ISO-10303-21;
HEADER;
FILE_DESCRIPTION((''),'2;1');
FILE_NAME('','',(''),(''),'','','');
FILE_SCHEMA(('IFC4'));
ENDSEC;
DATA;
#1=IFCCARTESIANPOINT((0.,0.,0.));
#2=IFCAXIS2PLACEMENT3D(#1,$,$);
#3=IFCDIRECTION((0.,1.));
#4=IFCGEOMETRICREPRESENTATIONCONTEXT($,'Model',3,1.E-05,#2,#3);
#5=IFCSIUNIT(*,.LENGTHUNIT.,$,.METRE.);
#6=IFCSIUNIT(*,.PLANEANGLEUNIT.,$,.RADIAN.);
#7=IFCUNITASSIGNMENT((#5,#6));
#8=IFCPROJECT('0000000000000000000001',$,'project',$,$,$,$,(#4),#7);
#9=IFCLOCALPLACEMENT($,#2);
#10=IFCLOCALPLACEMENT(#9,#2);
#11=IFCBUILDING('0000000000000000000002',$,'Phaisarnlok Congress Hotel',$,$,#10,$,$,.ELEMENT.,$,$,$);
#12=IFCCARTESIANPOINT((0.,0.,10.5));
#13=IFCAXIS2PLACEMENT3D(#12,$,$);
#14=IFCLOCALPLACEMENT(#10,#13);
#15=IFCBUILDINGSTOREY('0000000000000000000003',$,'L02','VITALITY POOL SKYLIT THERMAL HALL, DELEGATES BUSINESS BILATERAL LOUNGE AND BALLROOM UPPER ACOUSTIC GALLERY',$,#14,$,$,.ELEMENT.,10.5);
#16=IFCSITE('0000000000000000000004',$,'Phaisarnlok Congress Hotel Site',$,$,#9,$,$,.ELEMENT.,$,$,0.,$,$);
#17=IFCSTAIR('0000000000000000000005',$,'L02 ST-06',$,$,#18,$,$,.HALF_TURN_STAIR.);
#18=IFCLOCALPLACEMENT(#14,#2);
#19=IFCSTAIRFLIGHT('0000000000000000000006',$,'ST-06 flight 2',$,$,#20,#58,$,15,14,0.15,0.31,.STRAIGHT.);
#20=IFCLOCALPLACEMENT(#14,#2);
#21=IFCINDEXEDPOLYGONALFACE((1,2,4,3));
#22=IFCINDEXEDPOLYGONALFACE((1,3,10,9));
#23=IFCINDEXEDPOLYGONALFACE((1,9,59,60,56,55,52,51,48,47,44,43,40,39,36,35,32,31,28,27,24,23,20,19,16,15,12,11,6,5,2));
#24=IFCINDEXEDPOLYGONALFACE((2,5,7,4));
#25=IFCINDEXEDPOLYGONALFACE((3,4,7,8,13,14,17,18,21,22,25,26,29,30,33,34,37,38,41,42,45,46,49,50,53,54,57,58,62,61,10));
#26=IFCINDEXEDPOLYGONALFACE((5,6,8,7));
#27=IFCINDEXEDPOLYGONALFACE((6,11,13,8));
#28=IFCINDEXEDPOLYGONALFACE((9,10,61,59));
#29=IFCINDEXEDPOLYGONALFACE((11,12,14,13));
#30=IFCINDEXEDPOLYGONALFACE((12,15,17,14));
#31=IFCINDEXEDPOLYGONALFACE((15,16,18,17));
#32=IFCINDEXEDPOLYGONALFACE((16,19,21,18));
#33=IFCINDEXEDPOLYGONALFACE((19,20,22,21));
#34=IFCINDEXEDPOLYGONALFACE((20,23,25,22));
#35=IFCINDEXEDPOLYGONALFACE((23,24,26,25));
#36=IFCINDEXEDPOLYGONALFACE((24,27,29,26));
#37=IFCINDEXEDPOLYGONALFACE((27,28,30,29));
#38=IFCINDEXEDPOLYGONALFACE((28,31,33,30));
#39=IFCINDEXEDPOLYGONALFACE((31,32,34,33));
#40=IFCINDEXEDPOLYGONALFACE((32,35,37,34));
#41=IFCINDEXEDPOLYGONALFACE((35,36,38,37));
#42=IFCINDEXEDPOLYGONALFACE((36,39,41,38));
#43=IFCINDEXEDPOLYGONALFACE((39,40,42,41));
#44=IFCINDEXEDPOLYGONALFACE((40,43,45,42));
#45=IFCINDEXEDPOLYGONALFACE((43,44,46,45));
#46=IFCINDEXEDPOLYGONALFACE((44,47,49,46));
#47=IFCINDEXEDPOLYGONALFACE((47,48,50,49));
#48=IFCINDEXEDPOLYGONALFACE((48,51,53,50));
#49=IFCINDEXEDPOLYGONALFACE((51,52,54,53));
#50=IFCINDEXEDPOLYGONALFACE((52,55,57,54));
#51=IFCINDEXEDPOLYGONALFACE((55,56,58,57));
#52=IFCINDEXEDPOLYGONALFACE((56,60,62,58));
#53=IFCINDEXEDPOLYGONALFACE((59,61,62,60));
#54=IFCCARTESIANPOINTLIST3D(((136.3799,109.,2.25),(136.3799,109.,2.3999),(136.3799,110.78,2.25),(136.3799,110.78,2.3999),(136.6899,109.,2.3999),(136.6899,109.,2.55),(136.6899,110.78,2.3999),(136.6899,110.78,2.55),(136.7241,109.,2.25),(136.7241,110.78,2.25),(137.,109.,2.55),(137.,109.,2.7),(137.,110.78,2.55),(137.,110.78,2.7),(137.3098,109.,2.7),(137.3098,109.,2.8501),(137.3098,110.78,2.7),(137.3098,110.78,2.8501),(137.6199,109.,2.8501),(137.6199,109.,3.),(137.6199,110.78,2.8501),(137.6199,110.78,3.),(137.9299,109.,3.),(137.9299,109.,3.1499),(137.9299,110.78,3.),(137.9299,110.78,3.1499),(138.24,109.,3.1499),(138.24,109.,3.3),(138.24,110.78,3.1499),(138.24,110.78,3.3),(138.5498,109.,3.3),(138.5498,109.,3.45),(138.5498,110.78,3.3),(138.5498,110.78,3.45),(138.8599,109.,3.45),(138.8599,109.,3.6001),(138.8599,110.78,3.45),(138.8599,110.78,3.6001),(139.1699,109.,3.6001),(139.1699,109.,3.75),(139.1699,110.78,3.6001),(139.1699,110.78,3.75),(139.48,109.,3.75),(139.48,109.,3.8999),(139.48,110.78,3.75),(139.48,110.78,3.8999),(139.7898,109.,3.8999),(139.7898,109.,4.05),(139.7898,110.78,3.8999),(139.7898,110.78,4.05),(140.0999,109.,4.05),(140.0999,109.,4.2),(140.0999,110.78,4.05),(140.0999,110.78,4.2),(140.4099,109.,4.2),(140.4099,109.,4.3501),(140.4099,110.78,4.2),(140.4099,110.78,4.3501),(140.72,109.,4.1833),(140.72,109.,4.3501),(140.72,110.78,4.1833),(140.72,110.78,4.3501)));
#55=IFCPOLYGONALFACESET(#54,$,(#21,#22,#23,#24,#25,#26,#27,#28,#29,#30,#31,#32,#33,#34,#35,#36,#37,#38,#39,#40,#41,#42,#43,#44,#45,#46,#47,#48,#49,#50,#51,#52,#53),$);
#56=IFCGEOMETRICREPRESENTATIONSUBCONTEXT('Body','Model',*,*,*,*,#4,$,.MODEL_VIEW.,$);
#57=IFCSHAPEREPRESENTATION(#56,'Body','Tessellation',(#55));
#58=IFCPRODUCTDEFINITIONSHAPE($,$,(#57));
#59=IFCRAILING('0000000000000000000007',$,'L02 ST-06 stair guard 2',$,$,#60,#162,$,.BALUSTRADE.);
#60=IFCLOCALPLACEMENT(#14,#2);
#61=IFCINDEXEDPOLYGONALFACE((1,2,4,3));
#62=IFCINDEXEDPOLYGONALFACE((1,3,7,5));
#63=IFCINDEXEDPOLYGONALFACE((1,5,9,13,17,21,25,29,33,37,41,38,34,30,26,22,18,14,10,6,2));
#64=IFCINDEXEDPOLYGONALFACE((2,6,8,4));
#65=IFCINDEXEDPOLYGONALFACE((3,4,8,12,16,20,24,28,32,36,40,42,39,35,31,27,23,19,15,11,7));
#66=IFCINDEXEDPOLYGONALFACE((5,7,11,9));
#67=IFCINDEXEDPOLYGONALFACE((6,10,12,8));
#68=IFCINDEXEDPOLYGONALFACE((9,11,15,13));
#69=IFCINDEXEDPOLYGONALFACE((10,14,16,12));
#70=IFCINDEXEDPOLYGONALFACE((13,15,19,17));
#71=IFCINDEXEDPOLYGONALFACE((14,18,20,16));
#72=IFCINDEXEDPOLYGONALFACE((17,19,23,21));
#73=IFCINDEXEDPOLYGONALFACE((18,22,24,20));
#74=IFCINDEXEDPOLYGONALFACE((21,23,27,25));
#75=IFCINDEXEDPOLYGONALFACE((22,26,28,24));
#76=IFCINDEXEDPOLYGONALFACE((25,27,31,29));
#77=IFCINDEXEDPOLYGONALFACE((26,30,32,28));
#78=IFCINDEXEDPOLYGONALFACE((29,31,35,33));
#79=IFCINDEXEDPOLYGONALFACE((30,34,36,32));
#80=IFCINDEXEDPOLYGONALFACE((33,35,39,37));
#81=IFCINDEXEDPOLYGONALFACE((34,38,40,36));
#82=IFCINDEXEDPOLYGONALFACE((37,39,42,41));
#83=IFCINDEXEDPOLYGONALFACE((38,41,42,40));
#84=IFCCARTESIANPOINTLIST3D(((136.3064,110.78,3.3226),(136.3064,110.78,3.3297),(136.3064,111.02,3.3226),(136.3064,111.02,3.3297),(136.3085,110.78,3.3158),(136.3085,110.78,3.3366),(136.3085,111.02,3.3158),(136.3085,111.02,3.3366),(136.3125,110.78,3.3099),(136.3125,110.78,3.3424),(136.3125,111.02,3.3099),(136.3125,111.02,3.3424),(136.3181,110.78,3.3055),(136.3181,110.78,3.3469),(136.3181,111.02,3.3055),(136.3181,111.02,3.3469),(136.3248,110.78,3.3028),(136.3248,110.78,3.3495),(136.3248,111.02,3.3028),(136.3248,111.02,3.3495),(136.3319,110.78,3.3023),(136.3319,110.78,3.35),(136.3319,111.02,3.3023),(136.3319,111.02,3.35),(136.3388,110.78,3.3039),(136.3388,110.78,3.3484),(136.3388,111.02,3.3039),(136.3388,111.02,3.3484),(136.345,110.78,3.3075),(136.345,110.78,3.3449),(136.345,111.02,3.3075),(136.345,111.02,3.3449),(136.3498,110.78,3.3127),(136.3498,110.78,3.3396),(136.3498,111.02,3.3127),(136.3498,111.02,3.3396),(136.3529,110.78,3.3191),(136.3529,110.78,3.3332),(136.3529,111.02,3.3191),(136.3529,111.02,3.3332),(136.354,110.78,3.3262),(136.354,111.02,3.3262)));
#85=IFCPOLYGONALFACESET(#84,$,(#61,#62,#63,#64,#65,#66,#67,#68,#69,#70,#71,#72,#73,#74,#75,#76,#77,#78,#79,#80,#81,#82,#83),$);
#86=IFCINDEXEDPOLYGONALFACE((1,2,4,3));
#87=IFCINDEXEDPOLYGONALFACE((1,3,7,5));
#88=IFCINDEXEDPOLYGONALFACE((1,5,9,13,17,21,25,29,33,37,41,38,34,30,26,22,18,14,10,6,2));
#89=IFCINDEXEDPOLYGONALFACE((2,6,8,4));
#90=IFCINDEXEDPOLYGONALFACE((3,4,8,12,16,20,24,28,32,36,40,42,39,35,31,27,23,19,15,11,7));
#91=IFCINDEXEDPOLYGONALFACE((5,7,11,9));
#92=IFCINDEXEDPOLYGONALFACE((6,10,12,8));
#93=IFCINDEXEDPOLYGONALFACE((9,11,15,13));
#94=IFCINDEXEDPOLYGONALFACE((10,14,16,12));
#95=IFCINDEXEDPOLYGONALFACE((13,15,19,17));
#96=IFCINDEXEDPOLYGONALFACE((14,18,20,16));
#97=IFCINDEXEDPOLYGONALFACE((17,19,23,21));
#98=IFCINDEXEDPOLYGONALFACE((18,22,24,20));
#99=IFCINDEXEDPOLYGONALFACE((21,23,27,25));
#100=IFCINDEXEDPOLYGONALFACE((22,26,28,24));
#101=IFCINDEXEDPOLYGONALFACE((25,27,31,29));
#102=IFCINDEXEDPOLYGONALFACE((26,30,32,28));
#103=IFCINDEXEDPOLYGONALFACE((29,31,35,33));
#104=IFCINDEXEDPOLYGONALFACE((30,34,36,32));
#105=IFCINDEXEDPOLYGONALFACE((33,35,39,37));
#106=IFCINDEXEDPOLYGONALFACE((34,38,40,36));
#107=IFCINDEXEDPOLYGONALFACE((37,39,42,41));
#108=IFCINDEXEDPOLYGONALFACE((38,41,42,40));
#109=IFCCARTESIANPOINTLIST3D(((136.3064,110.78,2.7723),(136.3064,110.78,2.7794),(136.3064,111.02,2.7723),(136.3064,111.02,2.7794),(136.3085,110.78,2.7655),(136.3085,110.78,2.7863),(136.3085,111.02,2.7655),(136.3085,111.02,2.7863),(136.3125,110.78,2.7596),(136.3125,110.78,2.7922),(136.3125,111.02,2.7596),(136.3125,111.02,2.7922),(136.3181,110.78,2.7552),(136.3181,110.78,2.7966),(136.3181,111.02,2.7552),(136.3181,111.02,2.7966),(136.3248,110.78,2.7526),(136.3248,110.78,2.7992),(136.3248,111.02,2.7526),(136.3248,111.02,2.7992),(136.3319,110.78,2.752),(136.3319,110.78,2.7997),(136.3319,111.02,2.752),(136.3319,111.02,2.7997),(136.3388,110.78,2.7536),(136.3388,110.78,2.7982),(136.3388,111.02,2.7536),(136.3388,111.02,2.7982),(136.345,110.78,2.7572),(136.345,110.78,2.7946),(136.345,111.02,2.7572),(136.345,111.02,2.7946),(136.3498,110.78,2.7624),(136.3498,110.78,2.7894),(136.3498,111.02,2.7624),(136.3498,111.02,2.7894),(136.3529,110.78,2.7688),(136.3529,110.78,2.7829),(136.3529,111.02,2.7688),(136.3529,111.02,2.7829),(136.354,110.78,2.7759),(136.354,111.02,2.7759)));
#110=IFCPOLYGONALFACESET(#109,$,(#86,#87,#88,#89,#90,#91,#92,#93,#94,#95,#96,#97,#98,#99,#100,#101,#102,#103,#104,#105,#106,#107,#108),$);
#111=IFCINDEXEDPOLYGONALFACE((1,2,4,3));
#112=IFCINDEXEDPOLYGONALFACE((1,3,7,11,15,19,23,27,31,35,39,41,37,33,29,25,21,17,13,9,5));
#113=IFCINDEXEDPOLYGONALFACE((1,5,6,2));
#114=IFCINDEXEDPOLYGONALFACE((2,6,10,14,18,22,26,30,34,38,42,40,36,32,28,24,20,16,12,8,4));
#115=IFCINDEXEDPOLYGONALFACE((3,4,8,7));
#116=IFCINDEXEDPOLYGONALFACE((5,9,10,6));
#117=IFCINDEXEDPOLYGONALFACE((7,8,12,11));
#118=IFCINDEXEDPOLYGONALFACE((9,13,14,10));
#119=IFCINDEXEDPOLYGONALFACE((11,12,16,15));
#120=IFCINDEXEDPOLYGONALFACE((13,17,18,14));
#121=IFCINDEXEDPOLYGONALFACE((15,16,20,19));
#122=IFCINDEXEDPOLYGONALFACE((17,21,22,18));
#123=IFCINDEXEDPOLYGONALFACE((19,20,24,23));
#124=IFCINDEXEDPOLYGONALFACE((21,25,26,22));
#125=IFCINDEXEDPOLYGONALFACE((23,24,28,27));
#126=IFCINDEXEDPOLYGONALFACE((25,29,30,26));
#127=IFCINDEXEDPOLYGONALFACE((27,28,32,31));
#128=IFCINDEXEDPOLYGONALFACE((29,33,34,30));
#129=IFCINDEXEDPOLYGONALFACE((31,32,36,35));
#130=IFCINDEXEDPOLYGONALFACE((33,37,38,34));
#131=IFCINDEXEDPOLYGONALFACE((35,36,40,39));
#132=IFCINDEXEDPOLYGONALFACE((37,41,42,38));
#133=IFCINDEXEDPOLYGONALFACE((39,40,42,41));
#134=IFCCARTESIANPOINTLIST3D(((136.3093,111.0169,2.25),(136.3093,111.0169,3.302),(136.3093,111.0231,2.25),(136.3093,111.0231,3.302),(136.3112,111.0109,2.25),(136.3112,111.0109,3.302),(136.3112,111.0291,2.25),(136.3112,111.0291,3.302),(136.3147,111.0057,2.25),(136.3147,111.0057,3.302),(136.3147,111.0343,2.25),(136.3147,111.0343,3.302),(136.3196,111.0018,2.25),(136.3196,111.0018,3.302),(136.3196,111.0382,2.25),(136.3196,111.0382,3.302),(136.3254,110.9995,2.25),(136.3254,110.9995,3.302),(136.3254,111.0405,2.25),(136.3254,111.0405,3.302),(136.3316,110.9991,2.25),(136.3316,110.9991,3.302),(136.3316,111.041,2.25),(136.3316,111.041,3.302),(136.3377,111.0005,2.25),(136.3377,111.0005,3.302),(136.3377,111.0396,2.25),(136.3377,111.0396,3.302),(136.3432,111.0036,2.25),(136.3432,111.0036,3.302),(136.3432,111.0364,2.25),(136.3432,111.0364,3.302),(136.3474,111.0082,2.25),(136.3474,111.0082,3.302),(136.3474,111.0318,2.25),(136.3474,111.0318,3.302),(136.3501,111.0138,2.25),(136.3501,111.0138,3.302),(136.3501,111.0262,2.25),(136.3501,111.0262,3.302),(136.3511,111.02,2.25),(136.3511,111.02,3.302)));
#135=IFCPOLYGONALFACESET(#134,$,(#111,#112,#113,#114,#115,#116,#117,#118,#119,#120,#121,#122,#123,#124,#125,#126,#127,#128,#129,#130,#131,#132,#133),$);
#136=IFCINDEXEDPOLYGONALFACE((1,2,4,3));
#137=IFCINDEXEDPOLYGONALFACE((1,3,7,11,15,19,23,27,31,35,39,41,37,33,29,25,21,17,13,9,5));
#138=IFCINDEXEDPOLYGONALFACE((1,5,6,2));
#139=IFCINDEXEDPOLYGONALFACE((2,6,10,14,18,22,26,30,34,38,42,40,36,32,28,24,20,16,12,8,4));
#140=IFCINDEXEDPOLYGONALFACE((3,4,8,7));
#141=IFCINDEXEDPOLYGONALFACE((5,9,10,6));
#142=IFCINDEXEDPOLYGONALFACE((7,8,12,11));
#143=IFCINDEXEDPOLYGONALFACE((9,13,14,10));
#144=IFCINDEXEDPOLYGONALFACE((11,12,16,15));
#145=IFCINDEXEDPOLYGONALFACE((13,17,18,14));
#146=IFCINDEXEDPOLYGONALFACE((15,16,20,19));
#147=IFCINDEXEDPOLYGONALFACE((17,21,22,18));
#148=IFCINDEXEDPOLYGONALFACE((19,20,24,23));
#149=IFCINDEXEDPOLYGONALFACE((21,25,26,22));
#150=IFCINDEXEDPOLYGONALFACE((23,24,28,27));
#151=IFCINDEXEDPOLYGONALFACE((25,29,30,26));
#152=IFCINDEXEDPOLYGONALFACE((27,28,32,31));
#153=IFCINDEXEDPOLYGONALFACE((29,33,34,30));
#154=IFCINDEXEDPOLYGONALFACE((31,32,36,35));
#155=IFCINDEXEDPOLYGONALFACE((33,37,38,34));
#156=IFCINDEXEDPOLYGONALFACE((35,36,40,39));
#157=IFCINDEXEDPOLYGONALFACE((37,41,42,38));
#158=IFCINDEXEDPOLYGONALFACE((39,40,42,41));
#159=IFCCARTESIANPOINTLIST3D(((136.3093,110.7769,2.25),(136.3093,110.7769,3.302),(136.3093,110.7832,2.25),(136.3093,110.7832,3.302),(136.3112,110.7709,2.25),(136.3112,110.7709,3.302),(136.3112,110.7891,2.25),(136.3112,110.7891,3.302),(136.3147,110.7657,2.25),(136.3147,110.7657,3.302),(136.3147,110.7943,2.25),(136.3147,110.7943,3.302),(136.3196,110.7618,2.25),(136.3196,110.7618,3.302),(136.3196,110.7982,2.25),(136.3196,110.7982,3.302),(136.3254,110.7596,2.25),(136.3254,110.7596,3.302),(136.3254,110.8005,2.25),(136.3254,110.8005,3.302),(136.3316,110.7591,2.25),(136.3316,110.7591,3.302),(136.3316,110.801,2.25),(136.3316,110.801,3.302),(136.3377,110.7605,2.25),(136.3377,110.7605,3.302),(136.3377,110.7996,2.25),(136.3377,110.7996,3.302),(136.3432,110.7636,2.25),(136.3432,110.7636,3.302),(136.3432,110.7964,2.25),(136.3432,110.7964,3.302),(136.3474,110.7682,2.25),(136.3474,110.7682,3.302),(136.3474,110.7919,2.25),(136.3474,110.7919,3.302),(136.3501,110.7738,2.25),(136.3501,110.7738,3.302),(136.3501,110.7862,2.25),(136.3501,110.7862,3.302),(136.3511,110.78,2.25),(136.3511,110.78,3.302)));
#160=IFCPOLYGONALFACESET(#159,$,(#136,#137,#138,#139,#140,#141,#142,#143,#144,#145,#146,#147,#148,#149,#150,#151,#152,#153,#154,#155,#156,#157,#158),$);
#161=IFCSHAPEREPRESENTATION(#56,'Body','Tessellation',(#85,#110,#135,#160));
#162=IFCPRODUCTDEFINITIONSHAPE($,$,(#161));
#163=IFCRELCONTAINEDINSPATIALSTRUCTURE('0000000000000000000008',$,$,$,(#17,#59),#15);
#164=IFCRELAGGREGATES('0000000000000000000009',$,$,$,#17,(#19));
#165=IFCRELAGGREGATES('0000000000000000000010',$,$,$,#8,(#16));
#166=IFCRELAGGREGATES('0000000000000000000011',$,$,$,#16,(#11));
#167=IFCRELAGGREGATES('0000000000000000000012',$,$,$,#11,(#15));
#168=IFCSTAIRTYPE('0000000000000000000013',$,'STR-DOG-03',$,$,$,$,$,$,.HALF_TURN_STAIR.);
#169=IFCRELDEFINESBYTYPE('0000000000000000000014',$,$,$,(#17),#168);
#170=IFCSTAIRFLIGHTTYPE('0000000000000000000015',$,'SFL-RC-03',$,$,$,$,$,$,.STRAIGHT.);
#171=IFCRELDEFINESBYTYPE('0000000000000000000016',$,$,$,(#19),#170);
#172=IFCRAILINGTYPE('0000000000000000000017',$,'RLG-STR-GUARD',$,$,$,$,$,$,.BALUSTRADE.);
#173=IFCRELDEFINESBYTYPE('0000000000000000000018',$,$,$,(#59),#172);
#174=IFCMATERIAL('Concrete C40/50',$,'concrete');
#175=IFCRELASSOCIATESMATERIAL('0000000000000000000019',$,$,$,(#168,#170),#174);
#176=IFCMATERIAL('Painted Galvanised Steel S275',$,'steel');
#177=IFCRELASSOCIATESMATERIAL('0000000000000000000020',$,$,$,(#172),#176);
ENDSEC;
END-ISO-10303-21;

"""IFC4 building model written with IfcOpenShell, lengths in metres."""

from ifc_helpers import new_model, si_unit, direction, frame, origin, origin_2d, place, context, subcontext, project, spatial, polyline, circle, outline, extrude, material, type_object, element, aggregate, save


model = new_model("IFC4")

# Units and contexts
model_context = context("Model", 3, precision=1e-05, world=origin(), true_north=direction((0.0, 1.0)))
body_context = subcontext(model_context, "Body", "Model", "MODEL_VIEW")
ifc_project = project(units=[si_unit("LENGTHUNIT", "METRE"), si_unit("PLANEANGLEUNIT", "RADIAN")], contexts=[model_context])

# Site, building, storey
site_placement = place(None, origin())
site = spatial("IfcSite", under=ifc_project, at=site_placement, Name="Phaisarnlok Congress Hotel Site", CompositionType="ELEMENT", RefElevation=0.0)
building_placement = place(site_placement, origin())
building = spatial("IfcBuilding", under=site, at=building_placement, Name="Phaisarnlok Congress Hotel", CompositionType="ELEMENT")
storey_placement = place(building_placement, frame((0.0, 0.0, 10.5)))
storey = spatial("IfcBuildingStorey", under=building, at=storey_placement, Name="L02", Description="VITALITY POOL SKYLIT THERMAL HALL, DELEGATES BUSINESS BILATERAL LOUNGE AND BALLROOM UPPER ACOUSTIC GALLERY", CompositionType="ELEMENT", Elevation=10.5)

# Shared definitions
ifc_material_1 = material(Name="Concrete C40/50", Category="concrete")

# Stair, stair flight
stair_type = type_object("IfcStairType", Name="STR-DOG-03", PredefinedType="HALF_TURN_STAIR", material=ifc_material_1)
stair_placement = place(storey_placement, origin())
stair = element("IfcStair", 1, at=stair_placement, inside=storey, type_object=stair_type, Name="L02 ST-06", PredefinedType="HALF_TURN_STAIR")
stair_flight_type = type_object("IfcStairFlightType", Name="SFL-RC-03", PredefinedType="STRAIGHT", material=ifc_material_1)
stair_flight_placement = place(storey_placement, frame((136.3799, 109.8899, 2.25), z_axis=(0.0, 0.0, 1.0), x_axis=(1.0, 0.0, 0.0)))
stair_flight = element("IfcStairFlight", 2, at=stair_flight_placement, type_object=stair_flight_type, Name="ST-06 flight 2", NumberOfRisers=15, NumberOfTreads=14, PredefinedType="STRAIGHT", RiserHeight=0.15, TreadLength=0.31, context=body_context, shape_type="SweptSolid", body=[
    extrude(outline(polyline([(0.0, 0.0), (0.0, 0.1499), (0.3101, 0.1499), (0.3101, 0.3), (0.6201, 0.3), (0.6201, 0.45), (0.9299, 0.45), (0.9299, 0.6001), (1.24, 0.6001), (1.24, 0.75), (1.55, 0.75), (1.55, 0.8999), (1.8601, 0.8999), (1.8601, 1.05), (2.1699, 1.05), (2.1699, 1.2), (2.48, 1.2), (2.48, 1.3501), (2.79, 1.3501), (2.79, 1.5), (3.1001, 1.5), (3.1001, 1.6499), (3.4099, 1.6499), (3.4099, 1.8), (3.72, 1.8), (3.72, 1.95), (4.03, 1.95), (4.03, 2.1001), (4.3401, 2.1001), (4.3401, 2.25), (4.3401, 1.9333), (0.3442, 0.0), (0.0, 0.0)])), frame((0.0, 0.8901, 0.0), z_axis=(0.0, -1.0, 0.0), x_axis=(1.0, 0.0, 0.0)), (0.0, 0.0, 1.0), 1.78),
])
aggregate(stair, [stair_flight])

# Railing
ifc_material_2 = material(Name="Painted Galvanised Steel S275", Category="steel")
railing_type_1 = type_object("IfcRailingType", Name="RLG-STR-GUARD", PredefinedType="BALUSTRADE", material=ifc_material_2)
railing_1_placement = place(storey_placement, frame((136.3301, 111.02, 2.25)))
element("IfcRailing", 3, at=railing_1_placement, inside=storey, type_object=railing_type_1, Name="L02 ST-06 stair guard 2", PredefinedType="BALUSTRADE", context=body_context, shape_type="SweptSolid", body=[
    extrude(circle(Radius=0.0239, at=origin_2d()), frame((0.0, 0.0, 1.0762), z_axis=(0.0, -1.0, 0.0), x_axis=(1.0, 0.0, 0.0)), (0.0, 0.0, 1.0), 0.24),
    extrude(circle(Radius=0.0239, at=origin_2d()), frame((0.0, 0.0, 0.5259), z_axis=(0.0, -1.0, 0.0), x_axis=(1.0, 0.0, 0.0)), (0.0, 0.0, 1.0), 0.24),
    extrude(circle(Radius=0.021, at=origin_2d()), origin(), (0.0, 0.0, 1.0), 1.052),
    extrude(circle(Radius=0.021, at=origin_2d()), frame((0.0, -0.24, 0.0)), (0.0, 0.0, 1.0), 1.052),
])

save(model, "model.ifc")
